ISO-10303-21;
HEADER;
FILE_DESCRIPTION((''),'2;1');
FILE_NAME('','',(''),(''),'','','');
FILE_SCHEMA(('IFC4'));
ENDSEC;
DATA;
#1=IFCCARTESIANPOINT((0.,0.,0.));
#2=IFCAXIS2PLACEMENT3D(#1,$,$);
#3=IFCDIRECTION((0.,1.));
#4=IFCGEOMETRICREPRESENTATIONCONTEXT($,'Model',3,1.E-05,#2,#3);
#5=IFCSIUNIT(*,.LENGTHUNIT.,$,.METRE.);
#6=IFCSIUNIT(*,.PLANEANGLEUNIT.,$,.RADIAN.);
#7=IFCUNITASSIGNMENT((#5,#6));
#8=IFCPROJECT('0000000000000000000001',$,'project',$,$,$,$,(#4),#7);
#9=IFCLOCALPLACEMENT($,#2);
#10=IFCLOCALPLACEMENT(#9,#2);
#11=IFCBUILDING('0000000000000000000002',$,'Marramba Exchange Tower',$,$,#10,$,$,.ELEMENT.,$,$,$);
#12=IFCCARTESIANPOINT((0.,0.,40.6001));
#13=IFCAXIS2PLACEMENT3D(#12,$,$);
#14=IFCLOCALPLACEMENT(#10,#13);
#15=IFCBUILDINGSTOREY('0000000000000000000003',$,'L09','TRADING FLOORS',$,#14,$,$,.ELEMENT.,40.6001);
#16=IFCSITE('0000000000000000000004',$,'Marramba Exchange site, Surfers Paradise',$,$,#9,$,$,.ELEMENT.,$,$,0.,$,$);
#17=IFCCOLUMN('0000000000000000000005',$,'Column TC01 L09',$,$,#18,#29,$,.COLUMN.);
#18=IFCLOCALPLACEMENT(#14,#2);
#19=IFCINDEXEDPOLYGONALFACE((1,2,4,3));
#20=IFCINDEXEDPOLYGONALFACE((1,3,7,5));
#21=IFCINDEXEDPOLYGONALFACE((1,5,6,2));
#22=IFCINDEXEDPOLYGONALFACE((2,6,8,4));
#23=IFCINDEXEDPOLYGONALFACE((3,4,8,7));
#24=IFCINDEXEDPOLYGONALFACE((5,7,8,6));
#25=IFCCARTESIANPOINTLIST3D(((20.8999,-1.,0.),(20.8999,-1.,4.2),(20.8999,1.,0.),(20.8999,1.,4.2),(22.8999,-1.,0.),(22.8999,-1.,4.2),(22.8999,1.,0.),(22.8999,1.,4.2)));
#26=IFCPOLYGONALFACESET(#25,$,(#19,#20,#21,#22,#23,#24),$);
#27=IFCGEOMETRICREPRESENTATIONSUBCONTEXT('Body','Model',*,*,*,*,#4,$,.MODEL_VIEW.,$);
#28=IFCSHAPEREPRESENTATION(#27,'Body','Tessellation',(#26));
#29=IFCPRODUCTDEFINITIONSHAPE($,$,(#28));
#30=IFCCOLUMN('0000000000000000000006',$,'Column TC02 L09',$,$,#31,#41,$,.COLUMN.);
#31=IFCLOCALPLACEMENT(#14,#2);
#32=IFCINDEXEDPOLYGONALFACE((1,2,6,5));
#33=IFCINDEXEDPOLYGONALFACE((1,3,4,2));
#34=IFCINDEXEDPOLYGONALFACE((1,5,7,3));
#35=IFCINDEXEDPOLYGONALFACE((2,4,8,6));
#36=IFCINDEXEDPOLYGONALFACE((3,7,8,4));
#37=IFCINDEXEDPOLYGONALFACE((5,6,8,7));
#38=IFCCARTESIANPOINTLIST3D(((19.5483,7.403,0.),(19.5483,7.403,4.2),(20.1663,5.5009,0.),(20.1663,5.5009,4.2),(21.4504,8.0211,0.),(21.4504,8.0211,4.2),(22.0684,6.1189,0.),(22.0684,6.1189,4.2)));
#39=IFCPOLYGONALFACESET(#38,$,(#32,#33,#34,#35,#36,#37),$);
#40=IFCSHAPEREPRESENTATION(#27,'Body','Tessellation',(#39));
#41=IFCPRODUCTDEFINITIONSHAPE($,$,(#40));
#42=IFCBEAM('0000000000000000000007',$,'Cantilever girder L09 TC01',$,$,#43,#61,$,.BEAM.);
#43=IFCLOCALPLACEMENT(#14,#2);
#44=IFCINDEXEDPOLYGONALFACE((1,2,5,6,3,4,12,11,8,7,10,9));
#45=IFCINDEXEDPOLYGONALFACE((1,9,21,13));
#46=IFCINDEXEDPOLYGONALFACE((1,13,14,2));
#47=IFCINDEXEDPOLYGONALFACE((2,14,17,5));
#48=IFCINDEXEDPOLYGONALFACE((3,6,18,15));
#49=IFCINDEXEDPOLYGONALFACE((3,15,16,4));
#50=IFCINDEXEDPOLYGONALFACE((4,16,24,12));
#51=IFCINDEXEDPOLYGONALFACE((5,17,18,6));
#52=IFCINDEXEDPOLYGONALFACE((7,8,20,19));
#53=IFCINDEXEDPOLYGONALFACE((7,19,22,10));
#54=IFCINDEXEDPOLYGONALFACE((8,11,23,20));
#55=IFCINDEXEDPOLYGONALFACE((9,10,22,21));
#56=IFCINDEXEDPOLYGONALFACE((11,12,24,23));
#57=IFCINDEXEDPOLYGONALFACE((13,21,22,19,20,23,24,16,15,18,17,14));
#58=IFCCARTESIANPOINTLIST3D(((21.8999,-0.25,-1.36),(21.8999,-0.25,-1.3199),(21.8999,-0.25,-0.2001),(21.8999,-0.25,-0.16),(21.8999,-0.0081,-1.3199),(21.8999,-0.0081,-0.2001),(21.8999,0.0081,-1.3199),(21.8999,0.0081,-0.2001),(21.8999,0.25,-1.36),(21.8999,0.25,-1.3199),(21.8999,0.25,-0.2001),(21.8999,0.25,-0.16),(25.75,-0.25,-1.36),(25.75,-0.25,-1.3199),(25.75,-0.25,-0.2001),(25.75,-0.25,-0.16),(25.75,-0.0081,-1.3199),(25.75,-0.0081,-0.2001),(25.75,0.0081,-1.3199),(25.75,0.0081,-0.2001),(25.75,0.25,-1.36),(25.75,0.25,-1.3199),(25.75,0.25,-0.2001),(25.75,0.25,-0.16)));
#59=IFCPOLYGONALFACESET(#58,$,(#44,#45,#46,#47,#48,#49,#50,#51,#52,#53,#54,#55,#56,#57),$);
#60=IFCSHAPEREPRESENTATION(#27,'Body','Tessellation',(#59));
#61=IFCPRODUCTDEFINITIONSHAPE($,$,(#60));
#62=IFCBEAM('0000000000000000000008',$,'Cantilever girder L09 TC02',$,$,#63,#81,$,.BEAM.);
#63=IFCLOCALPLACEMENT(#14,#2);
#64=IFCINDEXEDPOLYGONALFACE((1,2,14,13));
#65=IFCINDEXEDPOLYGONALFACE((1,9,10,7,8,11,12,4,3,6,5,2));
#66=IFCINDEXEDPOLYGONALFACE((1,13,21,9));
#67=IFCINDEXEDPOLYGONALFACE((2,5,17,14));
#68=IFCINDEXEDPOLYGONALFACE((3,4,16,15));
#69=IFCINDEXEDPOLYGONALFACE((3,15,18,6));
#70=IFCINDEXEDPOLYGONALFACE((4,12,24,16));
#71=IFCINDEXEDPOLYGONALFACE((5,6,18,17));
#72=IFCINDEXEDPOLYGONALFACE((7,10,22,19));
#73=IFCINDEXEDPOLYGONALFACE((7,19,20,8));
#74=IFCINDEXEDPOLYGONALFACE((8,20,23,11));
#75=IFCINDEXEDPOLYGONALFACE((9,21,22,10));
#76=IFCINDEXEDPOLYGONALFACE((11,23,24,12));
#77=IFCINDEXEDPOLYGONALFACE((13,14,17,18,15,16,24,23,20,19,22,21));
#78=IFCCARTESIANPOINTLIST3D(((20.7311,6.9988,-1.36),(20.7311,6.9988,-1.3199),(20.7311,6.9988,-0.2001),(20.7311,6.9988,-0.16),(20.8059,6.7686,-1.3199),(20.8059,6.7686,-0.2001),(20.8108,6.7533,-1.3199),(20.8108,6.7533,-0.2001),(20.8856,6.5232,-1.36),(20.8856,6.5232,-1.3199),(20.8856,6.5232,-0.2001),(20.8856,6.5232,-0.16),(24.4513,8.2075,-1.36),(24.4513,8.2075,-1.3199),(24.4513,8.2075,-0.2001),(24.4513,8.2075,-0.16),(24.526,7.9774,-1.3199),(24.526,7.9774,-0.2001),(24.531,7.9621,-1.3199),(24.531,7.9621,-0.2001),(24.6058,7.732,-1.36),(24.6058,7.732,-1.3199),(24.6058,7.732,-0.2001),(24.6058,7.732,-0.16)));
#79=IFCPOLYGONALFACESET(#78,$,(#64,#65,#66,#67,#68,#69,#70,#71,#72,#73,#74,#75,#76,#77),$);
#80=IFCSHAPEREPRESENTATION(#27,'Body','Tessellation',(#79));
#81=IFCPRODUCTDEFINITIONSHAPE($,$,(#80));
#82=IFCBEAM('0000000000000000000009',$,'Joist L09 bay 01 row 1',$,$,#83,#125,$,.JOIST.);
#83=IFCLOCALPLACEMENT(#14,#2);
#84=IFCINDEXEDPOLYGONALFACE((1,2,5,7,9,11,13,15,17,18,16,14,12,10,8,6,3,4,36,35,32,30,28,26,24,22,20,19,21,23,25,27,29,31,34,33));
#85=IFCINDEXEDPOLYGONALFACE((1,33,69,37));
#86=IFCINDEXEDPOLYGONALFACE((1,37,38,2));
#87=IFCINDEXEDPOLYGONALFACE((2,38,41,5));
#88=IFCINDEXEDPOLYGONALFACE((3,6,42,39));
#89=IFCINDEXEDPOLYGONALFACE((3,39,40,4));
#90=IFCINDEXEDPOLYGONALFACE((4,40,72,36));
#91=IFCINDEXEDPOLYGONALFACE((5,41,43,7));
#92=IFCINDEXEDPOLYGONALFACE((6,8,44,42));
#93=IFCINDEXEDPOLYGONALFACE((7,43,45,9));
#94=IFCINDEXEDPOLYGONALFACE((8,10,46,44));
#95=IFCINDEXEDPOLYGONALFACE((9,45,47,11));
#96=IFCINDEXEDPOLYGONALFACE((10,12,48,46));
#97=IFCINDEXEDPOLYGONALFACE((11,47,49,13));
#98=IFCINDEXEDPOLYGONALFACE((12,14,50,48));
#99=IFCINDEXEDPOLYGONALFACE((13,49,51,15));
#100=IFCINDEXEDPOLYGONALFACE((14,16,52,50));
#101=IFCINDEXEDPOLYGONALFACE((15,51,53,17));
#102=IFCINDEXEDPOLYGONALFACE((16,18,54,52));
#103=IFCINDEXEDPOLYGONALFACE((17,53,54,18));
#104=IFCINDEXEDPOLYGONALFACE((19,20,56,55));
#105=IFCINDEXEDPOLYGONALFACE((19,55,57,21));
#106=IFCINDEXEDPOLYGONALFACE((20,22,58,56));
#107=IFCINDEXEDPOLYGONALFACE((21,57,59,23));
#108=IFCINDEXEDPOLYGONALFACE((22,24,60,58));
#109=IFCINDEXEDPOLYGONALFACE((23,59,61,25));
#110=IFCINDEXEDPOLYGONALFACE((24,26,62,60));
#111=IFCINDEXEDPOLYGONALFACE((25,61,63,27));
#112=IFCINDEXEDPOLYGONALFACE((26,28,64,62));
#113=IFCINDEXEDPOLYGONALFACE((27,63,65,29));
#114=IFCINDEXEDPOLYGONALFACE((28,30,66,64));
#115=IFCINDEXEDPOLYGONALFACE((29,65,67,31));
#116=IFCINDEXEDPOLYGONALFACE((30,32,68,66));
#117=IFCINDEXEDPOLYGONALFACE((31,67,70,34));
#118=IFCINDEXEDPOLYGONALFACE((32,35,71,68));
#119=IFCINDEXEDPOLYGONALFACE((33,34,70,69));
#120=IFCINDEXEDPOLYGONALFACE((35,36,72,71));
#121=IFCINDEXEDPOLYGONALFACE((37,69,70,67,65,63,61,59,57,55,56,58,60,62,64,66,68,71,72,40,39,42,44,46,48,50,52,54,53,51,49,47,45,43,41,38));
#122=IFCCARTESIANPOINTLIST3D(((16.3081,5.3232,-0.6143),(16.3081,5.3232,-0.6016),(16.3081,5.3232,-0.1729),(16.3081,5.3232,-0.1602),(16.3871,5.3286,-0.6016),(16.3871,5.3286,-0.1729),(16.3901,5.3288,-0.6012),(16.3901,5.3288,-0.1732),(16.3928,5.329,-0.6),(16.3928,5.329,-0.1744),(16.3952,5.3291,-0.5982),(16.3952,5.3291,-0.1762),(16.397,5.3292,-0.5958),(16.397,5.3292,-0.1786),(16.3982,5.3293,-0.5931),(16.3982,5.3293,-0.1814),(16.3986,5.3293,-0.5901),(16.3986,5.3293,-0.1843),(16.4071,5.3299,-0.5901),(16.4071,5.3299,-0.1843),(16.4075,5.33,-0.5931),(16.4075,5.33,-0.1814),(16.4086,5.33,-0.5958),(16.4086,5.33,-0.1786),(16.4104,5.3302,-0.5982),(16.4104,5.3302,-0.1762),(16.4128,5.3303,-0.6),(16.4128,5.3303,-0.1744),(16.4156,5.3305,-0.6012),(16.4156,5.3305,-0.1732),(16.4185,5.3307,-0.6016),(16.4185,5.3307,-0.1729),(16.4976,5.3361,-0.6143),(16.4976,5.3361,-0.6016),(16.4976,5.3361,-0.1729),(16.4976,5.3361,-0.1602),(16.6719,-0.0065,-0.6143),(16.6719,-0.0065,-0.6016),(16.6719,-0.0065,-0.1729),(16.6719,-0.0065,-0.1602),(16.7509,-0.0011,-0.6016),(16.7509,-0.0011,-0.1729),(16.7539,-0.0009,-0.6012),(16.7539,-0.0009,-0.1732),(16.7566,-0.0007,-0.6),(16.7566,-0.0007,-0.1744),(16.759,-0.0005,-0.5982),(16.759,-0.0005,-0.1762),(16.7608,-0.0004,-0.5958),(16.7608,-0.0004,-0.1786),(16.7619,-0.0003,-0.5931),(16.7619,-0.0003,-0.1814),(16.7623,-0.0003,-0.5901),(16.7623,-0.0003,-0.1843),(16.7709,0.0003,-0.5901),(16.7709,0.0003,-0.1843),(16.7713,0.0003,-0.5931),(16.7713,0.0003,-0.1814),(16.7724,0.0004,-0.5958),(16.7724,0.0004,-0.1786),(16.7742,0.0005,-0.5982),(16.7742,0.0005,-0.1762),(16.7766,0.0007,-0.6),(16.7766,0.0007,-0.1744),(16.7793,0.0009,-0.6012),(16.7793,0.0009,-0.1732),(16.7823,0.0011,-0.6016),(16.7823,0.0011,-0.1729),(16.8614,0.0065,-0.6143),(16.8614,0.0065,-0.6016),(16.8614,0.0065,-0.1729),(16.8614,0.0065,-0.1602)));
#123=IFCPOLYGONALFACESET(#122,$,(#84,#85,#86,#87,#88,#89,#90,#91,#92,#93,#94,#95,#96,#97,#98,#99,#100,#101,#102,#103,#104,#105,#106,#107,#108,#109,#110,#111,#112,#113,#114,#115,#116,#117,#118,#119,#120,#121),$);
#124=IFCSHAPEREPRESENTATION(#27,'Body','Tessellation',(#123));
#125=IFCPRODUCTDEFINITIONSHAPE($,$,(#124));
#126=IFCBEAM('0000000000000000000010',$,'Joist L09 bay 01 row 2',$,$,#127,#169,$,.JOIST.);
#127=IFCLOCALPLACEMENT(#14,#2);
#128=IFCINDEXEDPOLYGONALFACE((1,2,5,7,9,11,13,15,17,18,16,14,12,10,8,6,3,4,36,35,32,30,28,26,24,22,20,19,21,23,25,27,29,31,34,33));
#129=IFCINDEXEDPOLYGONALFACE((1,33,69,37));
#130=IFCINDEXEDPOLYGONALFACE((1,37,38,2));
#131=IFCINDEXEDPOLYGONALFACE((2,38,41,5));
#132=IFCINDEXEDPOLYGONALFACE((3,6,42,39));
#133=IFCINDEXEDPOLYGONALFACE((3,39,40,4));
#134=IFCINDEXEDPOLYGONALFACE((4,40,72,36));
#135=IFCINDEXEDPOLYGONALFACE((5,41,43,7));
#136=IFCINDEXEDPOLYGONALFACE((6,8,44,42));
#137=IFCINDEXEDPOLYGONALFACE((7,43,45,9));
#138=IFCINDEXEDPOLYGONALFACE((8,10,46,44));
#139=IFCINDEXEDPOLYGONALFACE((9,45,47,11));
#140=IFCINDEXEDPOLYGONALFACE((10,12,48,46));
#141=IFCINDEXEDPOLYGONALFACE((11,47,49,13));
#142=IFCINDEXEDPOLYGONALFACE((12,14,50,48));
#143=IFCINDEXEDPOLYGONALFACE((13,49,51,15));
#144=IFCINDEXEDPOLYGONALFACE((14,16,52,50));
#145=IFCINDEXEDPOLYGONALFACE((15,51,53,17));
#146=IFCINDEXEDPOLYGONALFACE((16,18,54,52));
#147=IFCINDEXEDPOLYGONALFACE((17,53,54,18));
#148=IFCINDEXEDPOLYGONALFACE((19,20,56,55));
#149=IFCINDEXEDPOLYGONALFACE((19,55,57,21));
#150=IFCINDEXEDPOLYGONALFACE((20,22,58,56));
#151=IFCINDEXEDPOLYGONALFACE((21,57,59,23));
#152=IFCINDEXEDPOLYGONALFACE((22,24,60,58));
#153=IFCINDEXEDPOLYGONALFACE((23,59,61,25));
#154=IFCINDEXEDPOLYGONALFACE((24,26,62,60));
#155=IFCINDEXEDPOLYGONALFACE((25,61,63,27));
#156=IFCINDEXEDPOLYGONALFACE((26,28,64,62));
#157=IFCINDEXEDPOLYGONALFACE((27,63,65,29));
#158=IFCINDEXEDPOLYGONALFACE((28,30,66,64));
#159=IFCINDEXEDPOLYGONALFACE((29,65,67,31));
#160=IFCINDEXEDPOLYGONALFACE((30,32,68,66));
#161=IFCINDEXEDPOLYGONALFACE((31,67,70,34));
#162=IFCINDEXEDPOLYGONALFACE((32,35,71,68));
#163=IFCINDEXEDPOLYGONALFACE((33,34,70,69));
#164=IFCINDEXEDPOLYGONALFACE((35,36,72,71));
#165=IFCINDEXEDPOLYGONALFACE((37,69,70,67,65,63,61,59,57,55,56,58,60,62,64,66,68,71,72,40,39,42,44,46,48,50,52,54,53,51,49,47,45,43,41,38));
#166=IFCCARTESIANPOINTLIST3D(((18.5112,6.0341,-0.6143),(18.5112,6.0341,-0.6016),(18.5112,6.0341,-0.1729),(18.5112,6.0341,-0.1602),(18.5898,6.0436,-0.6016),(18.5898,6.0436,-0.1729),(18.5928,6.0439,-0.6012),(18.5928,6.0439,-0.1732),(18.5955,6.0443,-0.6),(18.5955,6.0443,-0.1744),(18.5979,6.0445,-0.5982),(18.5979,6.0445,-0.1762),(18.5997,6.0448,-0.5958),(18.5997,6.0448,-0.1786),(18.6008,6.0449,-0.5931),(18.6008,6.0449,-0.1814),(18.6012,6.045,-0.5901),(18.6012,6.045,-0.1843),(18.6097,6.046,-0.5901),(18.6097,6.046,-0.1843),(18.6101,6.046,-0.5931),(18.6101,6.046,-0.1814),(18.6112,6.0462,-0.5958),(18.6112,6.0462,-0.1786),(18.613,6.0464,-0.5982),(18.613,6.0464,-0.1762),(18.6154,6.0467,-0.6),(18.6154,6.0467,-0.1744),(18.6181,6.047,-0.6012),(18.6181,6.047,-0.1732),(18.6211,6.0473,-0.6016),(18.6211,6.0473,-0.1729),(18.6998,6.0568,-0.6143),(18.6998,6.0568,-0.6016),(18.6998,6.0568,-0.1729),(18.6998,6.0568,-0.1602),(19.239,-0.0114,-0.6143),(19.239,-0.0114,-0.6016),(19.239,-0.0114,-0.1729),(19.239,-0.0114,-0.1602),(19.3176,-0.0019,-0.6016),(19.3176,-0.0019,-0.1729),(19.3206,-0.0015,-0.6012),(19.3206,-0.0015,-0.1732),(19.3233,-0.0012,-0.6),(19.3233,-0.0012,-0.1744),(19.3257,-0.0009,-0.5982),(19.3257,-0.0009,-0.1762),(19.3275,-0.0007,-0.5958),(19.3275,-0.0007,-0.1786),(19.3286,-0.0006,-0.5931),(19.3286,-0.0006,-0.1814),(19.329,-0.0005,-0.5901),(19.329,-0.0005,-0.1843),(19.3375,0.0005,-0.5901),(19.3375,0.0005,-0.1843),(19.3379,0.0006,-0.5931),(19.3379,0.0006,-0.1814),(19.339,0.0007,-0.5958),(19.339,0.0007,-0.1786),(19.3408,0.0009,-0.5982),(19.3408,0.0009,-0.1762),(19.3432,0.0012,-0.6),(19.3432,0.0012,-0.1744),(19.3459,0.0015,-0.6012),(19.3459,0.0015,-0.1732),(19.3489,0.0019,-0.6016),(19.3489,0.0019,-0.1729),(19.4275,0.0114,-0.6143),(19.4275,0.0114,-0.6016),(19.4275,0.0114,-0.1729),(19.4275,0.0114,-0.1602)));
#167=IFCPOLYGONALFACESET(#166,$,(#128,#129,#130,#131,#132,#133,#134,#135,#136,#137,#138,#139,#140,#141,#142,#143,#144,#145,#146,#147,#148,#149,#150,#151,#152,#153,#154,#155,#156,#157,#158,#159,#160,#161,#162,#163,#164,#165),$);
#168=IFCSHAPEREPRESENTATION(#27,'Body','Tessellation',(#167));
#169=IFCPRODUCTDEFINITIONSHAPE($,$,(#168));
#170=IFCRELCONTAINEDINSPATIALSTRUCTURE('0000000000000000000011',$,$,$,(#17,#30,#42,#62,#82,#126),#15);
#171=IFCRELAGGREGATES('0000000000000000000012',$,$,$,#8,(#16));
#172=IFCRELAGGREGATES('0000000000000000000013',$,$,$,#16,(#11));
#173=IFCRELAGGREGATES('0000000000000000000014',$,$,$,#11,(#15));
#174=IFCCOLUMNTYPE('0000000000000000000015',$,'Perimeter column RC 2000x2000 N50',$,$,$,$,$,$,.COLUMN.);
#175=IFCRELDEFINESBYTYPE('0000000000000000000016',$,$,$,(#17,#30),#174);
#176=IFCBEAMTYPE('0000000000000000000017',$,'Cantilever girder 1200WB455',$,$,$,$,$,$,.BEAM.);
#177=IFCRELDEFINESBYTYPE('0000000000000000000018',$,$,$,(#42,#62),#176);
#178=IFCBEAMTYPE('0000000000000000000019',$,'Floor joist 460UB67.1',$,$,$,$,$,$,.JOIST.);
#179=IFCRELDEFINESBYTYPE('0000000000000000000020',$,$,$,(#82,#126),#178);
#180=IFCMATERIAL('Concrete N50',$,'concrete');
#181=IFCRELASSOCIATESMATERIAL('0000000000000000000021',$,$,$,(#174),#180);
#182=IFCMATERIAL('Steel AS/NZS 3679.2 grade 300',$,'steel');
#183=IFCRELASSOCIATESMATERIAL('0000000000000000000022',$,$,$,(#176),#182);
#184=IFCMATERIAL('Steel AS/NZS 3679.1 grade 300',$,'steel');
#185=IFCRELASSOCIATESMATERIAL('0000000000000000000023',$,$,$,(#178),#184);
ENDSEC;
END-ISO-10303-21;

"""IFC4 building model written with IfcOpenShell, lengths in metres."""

from ifc_helpers import new_model, si_unit, direction, frame, origin, origin_2d, place, context, subcontext, project, spatial, rectangle, i_section, extrude, material, material_profile, profile_set, type_object, element, save


model = new_model("IFC4")

# Units and contexts
model_context = context("Model", 3, precision=1e-05, world=origin(), true_north=direction((0.0, 1.0)))
body_context = subcontext(model_context, "Body", "Model", "MODEL_VIEW")
ifc_project = project(units=[si_unit("LENGTHUNIT", "METRE"), si_unit("PLANEANGLEUNIT", "RADIAN")], contexts=[model_context])

# Site, building, storey
site_placement = place(None, origin())
site = spatial("IfcSite", under=ifc_project, at=site_placement, Name="Marramba Exchange site, Surfers Paradise", CompositionType="ELEMENT", RefElevation=0.0)
building_placement = place(site_placement, origin())
building = spatial("IfcBuilding", under=site, at=building_placement, Name="Marramba Exchange Tower", CompositionType="ELEMENT")
storey_placement = place(building_placement, frame((0.0, 0.0, 40.6001)))
storey = spatial("IfcBuildingStorey", under=building, at=storey_placement, Name="L09", Description="TRADING FLOORS", CompositionType="ELEMENT", Elevation=40.6001)

# Columns
ifc_material_1 = material(Name="Concrete N50", Category="concrete")
ifc_material_profile_1 = material_profile(ifc_material_1, rectangle(XDim=2.0, YDim=2.0, at=origin_2d()), Name="RC 2000x2000")
ifc_profile_set_1 = profile_set([ifc_material_profile_1], Name="Concrete N50")
column_type = type_object("IfcColumnType", Name="Perimeter column RC 2000x2000 N50", PredefinedType="COLUMN", material=ifc_profile_set_1)
for number, where, z_axis, x_axis, name in (
    (1, (21.8999, 0.0, 0.0), (0.0, 0.0, 1.0), (1.0, 0.0, 0.0), "Column TC01 L09"),
    (2, (20.8083, 6.761, 0.0), (0.0, 0.0, 1.0), (0.951057, 0.309017, 0.0), "Column TC02 L09"),
):
    element("IfcColumn", number, at=place(storey_placement, frame(where, z_axis=z_axis, x_axis=x_axis)), inside=storey, type_object=column_type, Name=name, PredefinedType="COLUMN", context=body_context, shape_type="SweptSolid", body=[
        extrude(rectangle(XDim=2.0, YDim=2.0, at=origin_2d()), origin(), (0.0, 0.0, 1.0), 4.2),
    ])

# Beams
ifc_material_2 = material(Name="Steel AS/NZS 3679.2 grade 300", Category="steel")
ifc_material_profile_2 = material_profile(ifc_material_2, i_section(OverallWidth=0.5, OverallDepth=1.2, WebThickness=0.0161, FlangeThickness=0.04, at=origin_2d()), Name="1200WB455")
ifc_profile_set_2 = profile_set([ifc_material_profile_2], Name="Steel AS/NZS 3679.2 grade 300")
beam_type_1 = type_object("IfcBeamType", Name="Cantilever girder 1200WB455", PredefinedType="BEAM", material=ifc_profile_set_2)
beam_1_placement = place(storey_placement, frame((21.8999, 0.0, -0.76), z_axis=(1.0, 0.0, 0.0), x_axis=(0.0, 1.0, 0.0)))
element("IfcBeam", 3, at=beam_1_placement, inside=storey, type_object=beam_type_1, Name="Cantilever girder L09 TC01", PredefinedType="BEAM", context=body_context, shape_type="SweptSolid", body=[
    extrude(i_section(OverallWidth=0.5, OverallDepth=1.2, WebThickness=0.0161, FlangeThickness=0.04, at=origin_2d()), origin(), (0.0, 0.0, 1.0), 3.8501),
])
beam_2_placement = place(storey_placement, frame((20.8083, 6.761, -0.76), z_axis=(0.951059, 0.30901, 0.0), x_axis=(-0.30901, 0.951059, 0.0)))
element("IfcBeam", 4, at=beam_2_placement, inside=storey, type_object=beam_type_1, Name="Cantilever girder L09 TC02", PredefinedType="BEAM", context=body_context, shape_type="SweptSolid", body=[
    extrude(i_section(OverallWidth=0.5, OverallDepth=1.2, WebThickness=0.0161, FlangeThickness=0.04, at=origin_2d()), origin(), (0.0, 0.0, 1.0), 3.9116),
])
ifc_material_3 = material(Name="Steel AS/NZS 3679.1 grade 300", Category="steel")
ifc_material_profile_3 = material_profile(ifc_material_3, i_section(OverallWidth=0.1899, OverallDepth=0.4541, WebThickness=0.0085, FlangeThickness=0.0127, FilletRadius=0.0115, at=origin_2d()), Name="460UB67.1")
ifc_profile_set_3 = profile_set([ifc_material_profile_3], Name="Steel AS/NZS 3679.1 grade 300")
beam_type_2 = type_object("IfcBeamType", Name="Floor joist 460UB67.1", PredefinedType="JOIST", material=ifc_profile_set_3)
beam_3_placement = place(storey_placement, frame((16.7666, 0.0, -0.3872), z_axis=(-0.068096, 0.997679, 0.0), x_axis=(-0.997679, -0.068096, 0.0)))
element("IfcBeam", 5, at=beam_3_placement, inside=storey, type_object=beam_type_2, Name="Joist L09 bay 01 row 1", PredefinedType="JOIST", context=body_context, shape_type="SweptSolid", body=[
    extrude(i_section(OverallWidth=0.1899, OverallDepth=0.4541, WebThickness=0.0085, FlangeThickness=0.0127, FilletRadius=0.0115, at=origin_2d()), origin(), (0.0, 0.0, 1.0), 5.342),
])
beam_4_placement = place(storey_placement, frame((19.3333, 0.0, -0.3872), z_axis=(-0.119523, 0.992831, 0.0), x_axis=(-0.992831, -0.119523, 0.0)))
element("IfcBeam", 6, at=beam_4_placement, inside=storey, type_object=beam_type_2, Name="Joist L09 bay 01 row 2", PredefinedType="JOIST", context=body_context, shape_type="SweptSolid", body=[
    extrude(i_section(OverallWidth=0.1899, OverallDepth=0.4541, WebThickness=0.0085, FlangeThickness=0.0127, FilletRadius=0.0115, at=origin_2d()), origin(), (0.0, 0.0, 1.0), 6.0891),
])

save(model, "model.ifc")
